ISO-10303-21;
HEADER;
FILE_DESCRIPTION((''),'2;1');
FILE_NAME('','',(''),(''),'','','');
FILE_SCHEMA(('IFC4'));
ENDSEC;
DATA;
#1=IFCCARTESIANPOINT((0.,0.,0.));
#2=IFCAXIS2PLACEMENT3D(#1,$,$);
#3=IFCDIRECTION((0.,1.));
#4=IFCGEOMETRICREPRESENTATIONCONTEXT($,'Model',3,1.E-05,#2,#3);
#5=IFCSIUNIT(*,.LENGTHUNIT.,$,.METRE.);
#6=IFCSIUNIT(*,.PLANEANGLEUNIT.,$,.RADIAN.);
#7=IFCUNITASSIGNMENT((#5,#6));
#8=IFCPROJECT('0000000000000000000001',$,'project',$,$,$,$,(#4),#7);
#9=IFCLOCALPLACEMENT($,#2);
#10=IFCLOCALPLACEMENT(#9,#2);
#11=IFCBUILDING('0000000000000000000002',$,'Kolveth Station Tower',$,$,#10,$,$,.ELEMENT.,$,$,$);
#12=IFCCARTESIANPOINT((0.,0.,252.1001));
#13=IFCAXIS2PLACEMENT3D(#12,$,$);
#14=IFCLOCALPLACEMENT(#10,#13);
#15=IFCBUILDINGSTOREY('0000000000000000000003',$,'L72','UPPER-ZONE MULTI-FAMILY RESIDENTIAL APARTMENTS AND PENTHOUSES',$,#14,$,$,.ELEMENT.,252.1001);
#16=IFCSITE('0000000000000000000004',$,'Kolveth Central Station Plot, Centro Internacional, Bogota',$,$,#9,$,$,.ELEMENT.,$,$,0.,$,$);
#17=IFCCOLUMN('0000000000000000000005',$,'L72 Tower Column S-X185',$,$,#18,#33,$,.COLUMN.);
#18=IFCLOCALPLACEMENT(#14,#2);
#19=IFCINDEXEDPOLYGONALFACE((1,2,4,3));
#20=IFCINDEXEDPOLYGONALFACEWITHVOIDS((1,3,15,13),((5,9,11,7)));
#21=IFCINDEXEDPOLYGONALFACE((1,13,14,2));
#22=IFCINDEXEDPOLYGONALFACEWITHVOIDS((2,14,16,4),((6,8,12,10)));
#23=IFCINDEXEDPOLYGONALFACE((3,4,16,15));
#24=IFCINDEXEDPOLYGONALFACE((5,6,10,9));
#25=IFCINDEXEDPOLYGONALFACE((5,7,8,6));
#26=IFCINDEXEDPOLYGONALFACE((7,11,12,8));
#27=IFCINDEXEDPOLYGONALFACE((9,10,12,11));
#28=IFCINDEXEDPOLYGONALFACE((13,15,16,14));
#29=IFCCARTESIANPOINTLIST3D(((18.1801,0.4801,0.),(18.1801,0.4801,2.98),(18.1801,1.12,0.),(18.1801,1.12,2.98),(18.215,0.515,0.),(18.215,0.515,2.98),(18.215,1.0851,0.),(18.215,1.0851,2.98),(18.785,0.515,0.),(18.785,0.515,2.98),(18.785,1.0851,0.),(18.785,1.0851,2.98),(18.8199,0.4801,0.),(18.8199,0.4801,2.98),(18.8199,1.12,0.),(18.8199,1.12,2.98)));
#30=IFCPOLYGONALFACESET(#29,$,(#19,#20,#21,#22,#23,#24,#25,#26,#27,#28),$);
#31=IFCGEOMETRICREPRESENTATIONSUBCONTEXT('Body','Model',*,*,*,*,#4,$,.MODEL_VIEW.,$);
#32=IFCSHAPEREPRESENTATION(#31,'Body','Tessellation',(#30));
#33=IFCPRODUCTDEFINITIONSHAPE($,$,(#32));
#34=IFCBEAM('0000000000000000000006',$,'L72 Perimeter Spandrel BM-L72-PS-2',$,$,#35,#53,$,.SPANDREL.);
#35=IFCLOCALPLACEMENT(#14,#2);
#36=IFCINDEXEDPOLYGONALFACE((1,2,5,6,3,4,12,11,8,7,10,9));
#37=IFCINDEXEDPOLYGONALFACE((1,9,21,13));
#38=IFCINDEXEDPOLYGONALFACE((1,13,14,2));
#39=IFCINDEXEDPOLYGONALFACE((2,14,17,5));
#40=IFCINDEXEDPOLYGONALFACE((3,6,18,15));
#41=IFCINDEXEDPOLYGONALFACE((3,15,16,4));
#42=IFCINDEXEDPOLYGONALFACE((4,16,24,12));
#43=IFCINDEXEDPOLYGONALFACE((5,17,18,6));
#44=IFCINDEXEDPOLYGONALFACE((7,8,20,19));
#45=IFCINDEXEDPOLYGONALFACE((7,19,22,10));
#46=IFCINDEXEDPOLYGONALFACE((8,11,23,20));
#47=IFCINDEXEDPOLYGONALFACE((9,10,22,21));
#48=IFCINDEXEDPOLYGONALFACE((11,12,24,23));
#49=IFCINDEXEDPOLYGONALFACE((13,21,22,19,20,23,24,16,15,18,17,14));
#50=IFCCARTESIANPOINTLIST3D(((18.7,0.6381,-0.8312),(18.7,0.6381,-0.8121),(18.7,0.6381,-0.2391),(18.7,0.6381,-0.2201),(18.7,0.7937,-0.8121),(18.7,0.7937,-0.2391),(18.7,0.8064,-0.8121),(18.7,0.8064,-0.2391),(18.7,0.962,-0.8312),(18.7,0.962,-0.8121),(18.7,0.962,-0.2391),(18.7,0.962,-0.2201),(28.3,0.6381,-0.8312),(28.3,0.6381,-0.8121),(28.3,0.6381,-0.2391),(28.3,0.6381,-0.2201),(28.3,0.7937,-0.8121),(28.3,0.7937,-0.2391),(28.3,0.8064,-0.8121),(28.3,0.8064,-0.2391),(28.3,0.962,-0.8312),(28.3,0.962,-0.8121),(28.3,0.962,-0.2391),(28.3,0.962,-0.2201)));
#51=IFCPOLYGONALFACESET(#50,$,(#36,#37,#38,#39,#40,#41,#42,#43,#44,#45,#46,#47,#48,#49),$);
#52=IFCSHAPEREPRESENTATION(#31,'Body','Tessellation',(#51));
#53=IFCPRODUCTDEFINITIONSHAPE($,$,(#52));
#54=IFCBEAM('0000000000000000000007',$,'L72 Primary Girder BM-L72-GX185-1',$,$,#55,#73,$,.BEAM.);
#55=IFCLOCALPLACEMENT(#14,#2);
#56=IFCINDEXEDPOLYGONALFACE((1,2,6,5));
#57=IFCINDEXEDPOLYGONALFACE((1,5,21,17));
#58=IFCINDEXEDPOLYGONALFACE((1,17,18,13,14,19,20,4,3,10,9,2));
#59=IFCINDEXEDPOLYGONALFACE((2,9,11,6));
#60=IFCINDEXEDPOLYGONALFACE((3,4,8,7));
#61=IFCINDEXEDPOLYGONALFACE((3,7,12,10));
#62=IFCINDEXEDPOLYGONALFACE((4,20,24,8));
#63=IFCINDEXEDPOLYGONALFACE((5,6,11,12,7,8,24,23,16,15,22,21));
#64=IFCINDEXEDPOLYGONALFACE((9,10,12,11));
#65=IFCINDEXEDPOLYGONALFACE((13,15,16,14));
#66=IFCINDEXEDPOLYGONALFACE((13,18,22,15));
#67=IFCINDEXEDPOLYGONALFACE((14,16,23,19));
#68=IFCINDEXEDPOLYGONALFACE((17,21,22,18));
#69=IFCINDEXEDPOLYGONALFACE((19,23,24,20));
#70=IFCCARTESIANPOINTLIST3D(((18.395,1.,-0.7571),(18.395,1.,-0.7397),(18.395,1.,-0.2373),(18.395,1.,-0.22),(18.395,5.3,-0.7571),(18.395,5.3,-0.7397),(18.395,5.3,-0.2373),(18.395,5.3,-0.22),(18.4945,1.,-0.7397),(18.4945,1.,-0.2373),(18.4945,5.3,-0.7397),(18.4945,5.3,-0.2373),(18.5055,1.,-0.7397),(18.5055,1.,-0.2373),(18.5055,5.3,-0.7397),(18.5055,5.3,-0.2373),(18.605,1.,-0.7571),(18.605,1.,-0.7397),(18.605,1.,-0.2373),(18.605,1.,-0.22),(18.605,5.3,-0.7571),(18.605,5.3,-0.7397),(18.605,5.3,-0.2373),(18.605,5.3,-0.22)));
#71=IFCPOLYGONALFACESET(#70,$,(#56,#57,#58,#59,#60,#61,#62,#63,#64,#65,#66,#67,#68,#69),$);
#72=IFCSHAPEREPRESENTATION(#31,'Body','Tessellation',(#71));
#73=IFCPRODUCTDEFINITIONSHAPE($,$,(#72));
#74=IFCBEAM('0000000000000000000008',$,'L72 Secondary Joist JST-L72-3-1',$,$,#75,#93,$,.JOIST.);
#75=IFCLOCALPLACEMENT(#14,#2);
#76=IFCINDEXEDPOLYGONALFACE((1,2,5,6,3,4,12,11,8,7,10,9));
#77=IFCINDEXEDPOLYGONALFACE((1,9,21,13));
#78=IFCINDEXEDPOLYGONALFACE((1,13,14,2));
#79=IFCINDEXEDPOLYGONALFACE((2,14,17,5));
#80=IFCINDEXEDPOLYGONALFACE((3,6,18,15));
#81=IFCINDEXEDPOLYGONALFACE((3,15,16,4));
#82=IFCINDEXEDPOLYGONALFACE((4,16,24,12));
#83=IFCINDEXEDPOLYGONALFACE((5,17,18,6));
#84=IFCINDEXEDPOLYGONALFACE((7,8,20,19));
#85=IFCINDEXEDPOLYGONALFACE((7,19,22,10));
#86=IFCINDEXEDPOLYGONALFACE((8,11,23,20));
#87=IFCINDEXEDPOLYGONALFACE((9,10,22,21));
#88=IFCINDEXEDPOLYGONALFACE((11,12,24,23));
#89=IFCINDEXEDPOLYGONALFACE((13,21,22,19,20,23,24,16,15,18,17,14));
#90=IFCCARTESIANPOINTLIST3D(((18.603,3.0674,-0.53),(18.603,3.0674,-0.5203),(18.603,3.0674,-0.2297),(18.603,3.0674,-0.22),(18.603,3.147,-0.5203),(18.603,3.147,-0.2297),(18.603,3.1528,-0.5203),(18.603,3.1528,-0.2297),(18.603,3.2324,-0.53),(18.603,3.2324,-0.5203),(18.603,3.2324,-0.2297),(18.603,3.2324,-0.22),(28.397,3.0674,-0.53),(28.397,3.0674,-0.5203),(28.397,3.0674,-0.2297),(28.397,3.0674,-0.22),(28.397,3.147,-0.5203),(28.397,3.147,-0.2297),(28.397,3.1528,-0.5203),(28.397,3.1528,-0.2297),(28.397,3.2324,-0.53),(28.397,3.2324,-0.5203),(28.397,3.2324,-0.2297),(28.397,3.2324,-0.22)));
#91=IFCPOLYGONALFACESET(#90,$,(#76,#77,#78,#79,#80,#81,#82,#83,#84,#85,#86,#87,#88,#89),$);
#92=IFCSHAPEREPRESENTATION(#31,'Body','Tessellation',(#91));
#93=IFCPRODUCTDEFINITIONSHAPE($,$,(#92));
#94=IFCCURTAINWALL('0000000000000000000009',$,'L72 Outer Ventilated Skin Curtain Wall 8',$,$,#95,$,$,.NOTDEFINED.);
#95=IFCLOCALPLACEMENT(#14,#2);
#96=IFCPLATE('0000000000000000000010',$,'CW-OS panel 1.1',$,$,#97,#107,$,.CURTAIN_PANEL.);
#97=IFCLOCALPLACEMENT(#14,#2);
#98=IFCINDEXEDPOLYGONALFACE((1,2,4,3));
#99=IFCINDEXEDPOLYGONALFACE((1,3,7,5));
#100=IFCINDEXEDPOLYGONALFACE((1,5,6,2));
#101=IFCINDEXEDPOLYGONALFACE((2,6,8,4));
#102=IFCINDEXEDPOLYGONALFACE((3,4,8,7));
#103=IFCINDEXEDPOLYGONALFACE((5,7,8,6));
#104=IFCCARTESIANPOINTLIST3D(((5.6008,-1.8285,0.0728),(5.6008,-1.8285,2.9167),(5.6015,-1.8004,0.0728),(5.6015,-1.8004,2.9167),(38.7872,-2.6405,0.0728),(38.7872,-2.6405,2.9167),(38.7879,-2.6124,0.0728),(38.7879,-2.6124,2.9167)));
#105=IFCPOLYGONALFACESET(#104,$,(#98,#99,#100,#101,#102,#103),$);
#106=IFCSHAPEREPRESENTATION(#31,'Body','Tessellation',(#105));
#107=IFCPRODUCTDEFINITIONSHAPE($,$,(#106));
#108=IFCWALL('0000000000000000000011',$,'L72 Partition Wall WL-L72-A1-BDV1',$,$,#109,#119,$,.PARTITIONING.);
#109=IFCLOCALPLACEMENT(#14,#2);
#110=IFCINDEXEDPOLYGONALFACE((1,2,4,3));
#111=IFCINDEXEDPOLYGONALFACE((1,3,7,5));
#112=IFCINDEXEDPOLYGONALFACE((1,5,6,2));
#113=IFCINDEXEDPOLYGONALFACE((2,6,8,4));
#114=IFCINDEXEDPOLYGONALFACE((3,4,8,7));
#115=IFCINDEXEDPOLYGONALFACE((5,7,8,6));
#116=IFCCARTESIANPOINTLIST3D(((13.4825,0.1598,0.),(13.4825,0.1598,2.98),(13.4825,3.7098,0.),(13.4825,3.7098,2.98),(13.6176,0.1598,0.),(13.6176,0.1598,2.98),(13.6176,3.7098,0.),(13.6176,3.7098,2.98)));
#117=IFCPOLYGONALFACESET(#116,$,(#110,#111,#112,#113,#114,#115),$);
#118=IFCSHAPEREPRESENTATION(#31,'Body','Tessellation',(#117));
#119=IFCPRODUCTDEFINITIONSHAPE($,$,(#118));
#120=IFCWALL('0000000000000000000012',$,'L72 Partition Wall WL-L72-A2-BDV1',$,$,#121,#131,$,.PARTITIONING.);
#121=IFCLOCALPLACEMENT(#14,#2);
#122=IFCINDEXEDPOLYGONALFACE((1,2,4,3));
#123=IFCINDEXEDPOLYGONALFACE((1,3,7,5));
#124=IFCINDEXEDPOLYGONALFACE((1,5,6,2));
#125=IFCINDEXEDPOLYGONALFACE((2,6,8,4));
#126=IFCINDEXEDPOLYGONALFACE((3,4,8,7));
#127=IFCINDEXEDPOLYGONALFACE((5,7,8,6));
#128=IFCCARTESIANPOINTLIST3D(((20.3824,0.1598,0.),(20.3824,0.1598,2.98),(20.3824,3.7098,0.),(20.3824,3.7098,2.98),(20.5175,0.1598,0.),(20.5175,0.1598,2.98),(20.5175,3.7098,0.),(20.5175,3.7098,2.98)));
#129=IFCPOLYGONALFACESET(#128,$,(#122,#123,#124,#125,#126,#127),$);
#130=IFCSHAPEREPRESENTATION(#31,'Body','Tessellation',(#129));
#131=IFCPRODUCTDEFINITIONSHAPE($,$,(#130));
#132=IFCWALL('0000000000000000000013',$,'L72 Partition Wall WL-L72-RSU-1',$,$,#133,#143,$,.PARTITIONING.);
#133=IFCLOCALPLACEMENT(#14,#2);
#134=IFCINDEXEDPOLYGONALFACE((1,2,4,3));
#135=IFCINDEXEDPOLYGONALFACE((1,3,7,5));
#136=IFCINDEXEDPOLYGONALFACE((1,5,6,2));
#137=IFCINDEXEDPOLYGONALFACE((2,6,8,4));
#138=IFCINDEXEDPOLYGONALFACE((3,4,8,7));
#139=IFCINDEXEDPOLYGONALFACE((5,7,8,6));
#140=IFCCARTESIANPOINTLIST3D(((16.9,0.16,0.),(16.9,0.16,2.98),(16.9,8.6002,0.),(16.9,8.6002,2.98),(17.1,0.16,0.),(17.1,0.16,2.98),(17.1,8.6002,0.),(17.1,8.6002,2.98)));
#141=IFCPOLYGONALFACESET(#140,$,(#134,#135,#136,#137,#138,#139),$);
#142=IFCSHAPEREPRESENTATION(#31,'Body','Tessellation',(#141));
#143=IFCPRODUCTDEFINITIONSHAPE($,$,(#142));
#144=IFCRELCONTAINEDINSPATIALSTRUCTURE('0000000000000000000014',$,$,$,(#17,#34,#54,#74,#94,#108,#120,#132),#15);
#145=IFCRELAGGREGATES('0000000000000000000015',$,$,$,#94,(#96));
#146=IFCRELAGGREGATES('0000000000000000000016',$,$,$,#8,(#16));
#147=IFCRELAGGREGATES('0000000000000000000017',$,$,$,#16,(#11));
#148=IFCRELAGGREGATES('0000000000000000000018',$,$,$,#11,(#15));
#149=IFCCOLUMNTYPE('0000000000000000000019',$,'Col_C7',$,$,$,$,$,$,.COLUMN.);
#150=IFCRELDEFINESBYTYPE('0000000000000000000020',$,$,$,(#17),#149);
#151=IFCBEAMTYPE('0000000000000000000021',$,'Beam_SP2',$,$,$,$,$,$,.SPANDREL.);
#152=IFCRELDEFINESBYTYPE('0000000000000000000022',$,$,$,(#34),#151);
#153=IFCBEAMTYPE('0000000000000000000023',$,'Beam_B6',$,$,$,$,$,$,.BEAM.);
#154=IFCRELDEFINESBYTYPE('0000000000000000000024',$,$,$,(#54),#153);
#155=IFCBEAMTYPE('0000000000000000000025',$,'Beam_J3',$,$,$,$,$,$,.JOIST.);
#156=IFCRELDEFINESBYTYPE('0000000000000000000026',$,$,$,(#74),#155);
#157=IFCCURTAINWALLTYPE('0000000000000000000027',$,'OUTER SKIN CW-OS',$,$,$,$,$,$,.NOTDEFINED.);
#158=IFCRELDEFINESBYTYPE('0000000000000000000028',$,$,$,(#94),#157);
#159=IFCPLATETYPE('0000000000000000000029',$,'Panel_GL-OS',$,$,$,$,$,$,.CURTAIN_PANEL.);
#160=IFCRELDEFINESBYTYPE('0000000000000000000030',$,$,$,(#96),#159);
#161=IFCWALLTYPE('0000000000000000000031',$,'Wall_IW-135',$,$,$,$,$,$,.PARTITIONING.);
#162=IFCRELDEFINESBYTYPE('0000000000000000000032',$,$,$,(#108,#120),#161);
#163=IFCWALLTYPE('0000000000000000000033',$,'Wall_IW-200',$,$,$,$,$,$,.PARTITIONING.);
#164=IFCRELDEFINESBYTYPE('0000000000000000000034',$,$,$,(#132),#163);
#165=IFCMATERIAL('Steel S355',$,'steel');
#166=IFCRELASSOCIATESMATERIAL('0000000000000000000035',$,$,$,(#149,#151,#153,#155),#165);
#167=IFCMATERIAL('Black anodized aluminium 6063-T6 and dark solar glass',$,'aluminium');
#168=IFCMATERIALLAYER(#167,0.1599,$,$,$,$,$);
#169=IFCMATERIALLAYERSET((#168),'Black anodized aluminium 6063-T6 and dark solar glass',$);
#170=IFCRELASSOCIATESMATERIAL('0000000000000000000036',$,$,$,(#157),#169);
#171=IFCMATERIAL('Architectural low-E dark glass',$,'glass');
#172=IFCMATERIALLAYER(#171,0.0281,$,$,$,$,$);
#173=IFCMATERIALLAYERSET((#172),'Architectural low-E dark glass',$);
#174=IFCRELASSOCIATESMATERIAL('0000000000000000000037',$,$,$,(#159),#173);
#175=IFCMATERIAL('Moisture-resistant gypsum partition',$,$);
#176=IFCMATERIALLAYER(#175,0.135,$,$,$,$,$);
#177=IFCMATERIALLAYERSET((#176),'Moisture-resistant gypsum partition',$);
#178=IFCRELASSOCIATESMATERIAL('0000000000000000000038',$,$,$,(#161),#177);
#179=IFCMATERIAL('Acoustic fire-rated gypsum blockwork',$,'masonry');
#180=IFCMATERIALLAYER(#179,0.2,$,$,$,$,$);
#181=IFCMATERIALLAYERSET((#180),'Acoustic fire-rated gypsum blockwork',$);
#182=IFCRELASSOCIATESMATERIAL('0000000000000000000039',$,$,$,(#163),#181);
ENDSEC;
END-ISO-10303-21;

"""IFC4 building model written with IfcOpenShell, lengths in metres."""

from ifc_helpers import new_model, si_unit, direction, frame, frame_2d, origin, origin_2d, place, context, subcontext, project, spatial, rectangle, hollow_rectangle, i_section, extrude, source, transform, mapped, material, layer, layer_set, material_profile, profile_set, type_object, element, aggregate, save


model = new_model("IFC4")

# Units and contexts
model_context = context("Model", 3, precision=1e-05, world=origin(), true_north=direction((0.0, 1.0)))
body_context = subcontext(model_context, "Body", "Model", "MODEL_VIEW")
ifc_project = project(units=[si_unit("LENGTHUNIT", "METRE"), si_unit("PLANEANGLEUNIT", "RADIAN")], contexts=[model_context])

# Site, building, storey
site_placement = place(None, origin())
site = spatial("IfcSite", under=ifc_project, at=site_placement, Name="Kolveth Central Station Plot, Centro Internacional, Bogota", CompositionType="ELEMENT", RefElevation=0.0)
building_placement = place(site_placement, origin())
building = spatial("IfcBuilding", under=site, at=building_placement, Name="Kolveth Station Tower", CompositionType="ELEMENT")
storey_placement = place(building_placement, frame((0.0, 0.0, 252.1001)))
storey = spatial("IfcBuildingStorey", under=building, at=storey_placement, Name="L72", Description="UPPER-ZONE MULTI-FAMILY RESIDENTIAL APARTMENTS AND PENTHOUSES", CompositionType="ELEMENT", Elevation=252.1001)

# Column
ifc_material_1 = material(Name="Steel S355", Category="steel")
ifc_material_profile_1 = material_profile(ifc_material_1, hollow_rectangle(XDim=0.6399, YDim=0.6399, WallThickness=0.0349, at=origin_2d()), Name="BOX640x640x35")
ifc_profile_set_1 = profile_set([ifc_material_profile_1], Name="Steel S355")
column_type = type_object("IfcColumnType", Name="Col_C7", PredefinedType="COLUMN", material=ifc_profile_set_1)
shared_shape_1 = source(origin(), body_context, "Body", "SweptSolid", [
    extrude(hollow_rectangle(XDim=0.6399, YDim=0.6399, WallThickness=0.0349, at=origin_2d()), origin(), (0.0, 0.0, 1.0), 2.98),
])
column_placement = place(storey_placement, frame((18.5, 0.8, 0.0), z_axis=(0.0, 0.0, 1.0), x_axis=(1.0, 0.0, 0.0)))
element("IfcColumn", 1, at=column_placement, inside=storey, type_object=column_type, Name="L72 Tower Column S-X185", PredefinedType="COLUMN", context=body_context, shape_type="MappedRepresentation", body=[
    mapped(shared_shape_1, transform((0.0, 0.0, 0.0), x_axis=(1.0, 0.0, 0.0), y_axis=(0.0, 1.0, 0.0), z_axis=(0.0, 0.0, 1.0), scale=1.0)),
])

# Beams
ifc_material_profile_2 = material_profile(ifc_material_1, i_section(OverallWidth=0.324, OverallDepth=0.6111, WebThickness=0.0127, FlangeThickness=0.019, at=origin_2d()), Name="W610x155")
ifc_profile_set_2 = profile_set([ifc_material_profile_2], Name="Steel S355")
beam_type_1 = type_object("IfcBeamType", Name="Beam_SP2", PredefinedType="SPANDREL", material=ifc_profile_set_2)
shared_shape_2 = source(origin(), body_context, "Body", "SweptSolid", [
    extrude(i_section(OverallWidth=0.324, OverallDepth=0.6111, WebThickness=0.0127, FlangeThickness=0.019, at=origin_2d()), origin(), (0.0, 0.0, 1.0), 9.6001),
])
beam_1_placement = place(storey_placement, frame((18.7, 0.8, -0.5256), z_axis=(1.0, 0.0, 0.0), x_axis=(0.0, 1.0, 0.0)))
element("IfcBeam", 2, at=beam_1_placement, inside=storey, type_object=beam_type_1, Name="L72 Perimeter Spandrel BM-L72-PS-2", PredefinedType="SPANDREL", context=body_context, shape_type="MappedRepresentation", body=[
    mapped(shared_shape_2, transform((0.0, 0.0, 0.0), x_axis=(1.0, 0.0, 0.0), y_axis=(0.0, 1.0, 0.0), z_axis=(0.0, 0.0, 1.0), scale=1.0)),
])
ifc_material_profile_3 = material_profile(ifc_material_1, i_section(OverallWidth=0.21, OverallDepth=0.5371, WebThickness=0.011, FlangeThickness=0.0173, at=origin_2d()), Name="W530x101")
ifc_profile_set_3 = profile_set([ifc_material_profile_3], Name="Steel S355")
beam_type_2 = type_object("IfcBeamType", Name="Beam_B6", PredefinedType="BEAM", material=ifc_profile_set_3)
shared_shape_3 = source(origin(), body_context, "Body", "SweptSolid", [
    extrude(i_section(OverallWidth=0.21, OverallDepth=0.5371, WebThickness=0.011, FlangeThickness=0.0173, at=origin_2d()), origin(), (0.0, 0.0, 1.0), 4.3),
])
beam_2_placement = place(storey_placement, frame((18.5, 1.0, -0.4885), z_axis=(0.0, 1.0, 0.0), x_axis=(-1.0, 0.0, 0.0)))
element("IfcBeam", 3, at=beam_2_placement, inside=storey, type_object=beam_type_2, Name="L72 Primary Girder BM-L72-GX185-1", PredefinedType="BEAM", context=body_context, shape_type="MappedRepresentation", body=[
    mapped(shared_shape_3, transform((0.0, 0.0, 0.0), x_axis=(1.0, 0.0, 0.0), y_axis=(0.0, 1.0, 0.0), z_axis=(0.0, 0.0, 1.0), scale=1.0)),
])
ifc_material_profile_4 = material_profile(ifc_material_1, i_section(OverallWidth=0.165, OverallDepth=0.3101, WebThickness=0.0059, FlangeThickness=0.0098, at=origin_2d()), Name="W310x39")
ifc_profile_set_4 = profile_set([ifc_material_profile_4], Name="Steel S355")
beam_type_3 = type_object("IfcBeamType", Name="Beam_J3", PredefinedType="JOIST", material=ifc_profile_set_4)
shared_shape_4 = source(origin(), body_context, "Body", "SweptSolid", [
    extrude(i_section(OverallWidth=0.165, OverallDepth=0.3101, WebThickness=0.0059, FlangeThickness=0.0098, at=origin_2d()), origin(), (0.0, 0.0, 1.0), 9.7939),
])
beam_3_placement = place(storey_placement, frame((18.603, 3.1499, -0.375), z_axis=(1.0, 0.0, 0.0), x_axis=(0.0, 1.0, 0.0)))
element("IfcBeam", 4, at=beam_3_placement, inside=storey, type_object=beam_type_3, Name="L72 Secondary Joist JST-L72-3-1", PredefinedType="JOIST", context=body_context, shape_type="MappedRepresentation", body=[
    mapped(shared_shape_4, transform((0.0, 0.0, 0.0), x_axis=(1.0, 0.0, 0.0), y_axis=(0.0, 1.0, 0.0), z_axis=(0.0, 0.0, 1.0), scale=1.0)),
])

# Curtain wall, plate
ifc_material_2 = material(Name="Black anodized aluminium 6063-T6 and dark solar glass", Category="aluminium")
ifc_layer_1 = layer(ifc_material_2, 0.1599)
ifc_layer_set_1 = layer_set([ifc_layer_1], Name="Black anodized aluminium 6063-T6 and dark solar glass")
curtain_wall_type = type_object("IfcCurtainWallType", Name="OUTER SKIN CW-OS", PredefinedType="NOTDEFINED", material=ifc_layer_set_1)
curtain_wall_placement = place(storey_placement, origin())
curtain_wall = element("IfcCurtainWall", 5, at=curtain_wall_placement, inside=storey, type_object=curtain_wall_type, Name="L72 Outer Ventilated Skin Curtain Wall 8", PredefinedType="NOTDEFINED")
ifc_material_3 = material(Name="Architectural low-E dark glass", Category="glass")
ifc_layer_2 = layer(ifc_material_3, 0.0281)
ifc_layer_set_2 = layer_set([ifc_layer_2], Name="Architectural low-E dark glass")
plate_type = type_object("IfcPlateType", Name="Panel_GL-OS", PredefinedType="CURTAIN_PANEL", material=ifc_layer_set_2)
shared_shape_5 = source(origin(), body_context, "Body", "SweptSolid", [
    extrude(rectangle(XDim=33.1963, YDim=0.0281, at=origin_2d()), origin(), (0.0, 0.0, 1.0), 2.844),
])
plate_placement = place(storey_placement, frame((22.1943, -2.2205, 0.0728), z_axis=(0.0, 0.0, 1.0), x_axis=(0.999701, -0.024462, 0.0)))
plate = element("IfcPlate", 6, at=plate_placement, type_object=plate_type, Name="CW-OS panel 1.1", PredefinedType="CURTAIN_PANEL", context=body_context, shape_type="MappedRepresentation", body=[
    mapped(shared_shape_5, transform((0.0, 0.0, 0.0), x_axis=(1.0, 0.0, 0.0), y_axis=(0.0, 1.0, 0.0), z_axis=(0.0, 0.0, 1.0), scale=1.0)),
])
aggregate(curtain_wall, [plate])

# Shared definitions
ifc_material_4 = material(Name="Moisture-resistant gypsum partition")
ifc_layer_3 = layer(ifc_material_4, 0.135)
ifc_layer_set_3 = layer_set([ifc_layer_3], Name="Moisture-resistant gypsum partition")
wall_type_1 = type_object("IfcWallType", Name="Wall_IW-135", PredefinedType="PARTITIONING", material=ifc_layer_set_3)

# Wall
wall_1_placement = place(storey_placement, frame((13.55, 0.1599, 0.0), z_axis=(0.0, 0.0, 1.0), x_axis=(0.0, 1.0, 0.0)))
element("IfcWall", 7, at=wall_1_placement, inside=storey, type_object=wall_type_1, Name="L72 Partition Wall WL-L72-A1-BDV1", PredefinedType="PARTITIONING", context=body_context, shape_type="SweptSolid", body=[
    extrude(rectangle(XDim=3.55, YDim=0.135, at=frame_2d((1.7749, 0.0))), origin(), (0.0, 0.0, 1.0), 2.98),
])

# Walls
wall_2_placement = place(storey_placement, frame((20.45, 0.1599, 0.0), z_axis=(0.0, 0.0, 1.0), x_axis=(0.0, 1.0, 0.0)))
element("IfcWall", 8, at=wall_2_placement, inside=storey, type_object=wall_type_1, Name="L72 Partition Wall WL-L72-A2-BDV1", PredefinedType="PARTITIONING", context=body_context, shape_type="SweptSolid", body=[
    extrude(rectangle(XDim=3.55, YDim=0.135, at=frame_2d((1.7749, 0.0))), origin(), (0.0, 0.0, 1.0), 2.98),
])
ifc_material_5 = material(Name="Acoustic fire-rated gypsum blockwork", Category="masonry")
ifc_layer_4 = layer(ifc_material_5, 0.2)
ifc_layer_set_4 = layer_set([ifc_layer_4], Name="Acoustic fire-rated gypsum blockwork")
wall_type_2 = type_object("IfcWallType", Name="Wall_IW-200", PredefinedType="PARTITIONING", material=ifc_layer_set_4)
wall_3_placement = place(storey_placement, frame((17.0, 0.1599, 0.0), z_axis=(0.0, 0.0, 1.0), x_axis=(0.0, 1.0, 0.0)))
element("IfcWall", 9, at=wall_3_placement, inside=storey, type_object=wall_type_2, Name="L72 Partition Wall WL-L72-RSU-1", PredefinedType="PARTITIONING", context=body_context, shape_type="SweptSolid", body=[
    extrude(rectangle(XDim=8.4402, YDim=0.2, at=frame_2d((4.2202, 0.0))), origin(), (0.0, 0.0, 1.0), 2.98),
])

save(model, "model.ifc")
